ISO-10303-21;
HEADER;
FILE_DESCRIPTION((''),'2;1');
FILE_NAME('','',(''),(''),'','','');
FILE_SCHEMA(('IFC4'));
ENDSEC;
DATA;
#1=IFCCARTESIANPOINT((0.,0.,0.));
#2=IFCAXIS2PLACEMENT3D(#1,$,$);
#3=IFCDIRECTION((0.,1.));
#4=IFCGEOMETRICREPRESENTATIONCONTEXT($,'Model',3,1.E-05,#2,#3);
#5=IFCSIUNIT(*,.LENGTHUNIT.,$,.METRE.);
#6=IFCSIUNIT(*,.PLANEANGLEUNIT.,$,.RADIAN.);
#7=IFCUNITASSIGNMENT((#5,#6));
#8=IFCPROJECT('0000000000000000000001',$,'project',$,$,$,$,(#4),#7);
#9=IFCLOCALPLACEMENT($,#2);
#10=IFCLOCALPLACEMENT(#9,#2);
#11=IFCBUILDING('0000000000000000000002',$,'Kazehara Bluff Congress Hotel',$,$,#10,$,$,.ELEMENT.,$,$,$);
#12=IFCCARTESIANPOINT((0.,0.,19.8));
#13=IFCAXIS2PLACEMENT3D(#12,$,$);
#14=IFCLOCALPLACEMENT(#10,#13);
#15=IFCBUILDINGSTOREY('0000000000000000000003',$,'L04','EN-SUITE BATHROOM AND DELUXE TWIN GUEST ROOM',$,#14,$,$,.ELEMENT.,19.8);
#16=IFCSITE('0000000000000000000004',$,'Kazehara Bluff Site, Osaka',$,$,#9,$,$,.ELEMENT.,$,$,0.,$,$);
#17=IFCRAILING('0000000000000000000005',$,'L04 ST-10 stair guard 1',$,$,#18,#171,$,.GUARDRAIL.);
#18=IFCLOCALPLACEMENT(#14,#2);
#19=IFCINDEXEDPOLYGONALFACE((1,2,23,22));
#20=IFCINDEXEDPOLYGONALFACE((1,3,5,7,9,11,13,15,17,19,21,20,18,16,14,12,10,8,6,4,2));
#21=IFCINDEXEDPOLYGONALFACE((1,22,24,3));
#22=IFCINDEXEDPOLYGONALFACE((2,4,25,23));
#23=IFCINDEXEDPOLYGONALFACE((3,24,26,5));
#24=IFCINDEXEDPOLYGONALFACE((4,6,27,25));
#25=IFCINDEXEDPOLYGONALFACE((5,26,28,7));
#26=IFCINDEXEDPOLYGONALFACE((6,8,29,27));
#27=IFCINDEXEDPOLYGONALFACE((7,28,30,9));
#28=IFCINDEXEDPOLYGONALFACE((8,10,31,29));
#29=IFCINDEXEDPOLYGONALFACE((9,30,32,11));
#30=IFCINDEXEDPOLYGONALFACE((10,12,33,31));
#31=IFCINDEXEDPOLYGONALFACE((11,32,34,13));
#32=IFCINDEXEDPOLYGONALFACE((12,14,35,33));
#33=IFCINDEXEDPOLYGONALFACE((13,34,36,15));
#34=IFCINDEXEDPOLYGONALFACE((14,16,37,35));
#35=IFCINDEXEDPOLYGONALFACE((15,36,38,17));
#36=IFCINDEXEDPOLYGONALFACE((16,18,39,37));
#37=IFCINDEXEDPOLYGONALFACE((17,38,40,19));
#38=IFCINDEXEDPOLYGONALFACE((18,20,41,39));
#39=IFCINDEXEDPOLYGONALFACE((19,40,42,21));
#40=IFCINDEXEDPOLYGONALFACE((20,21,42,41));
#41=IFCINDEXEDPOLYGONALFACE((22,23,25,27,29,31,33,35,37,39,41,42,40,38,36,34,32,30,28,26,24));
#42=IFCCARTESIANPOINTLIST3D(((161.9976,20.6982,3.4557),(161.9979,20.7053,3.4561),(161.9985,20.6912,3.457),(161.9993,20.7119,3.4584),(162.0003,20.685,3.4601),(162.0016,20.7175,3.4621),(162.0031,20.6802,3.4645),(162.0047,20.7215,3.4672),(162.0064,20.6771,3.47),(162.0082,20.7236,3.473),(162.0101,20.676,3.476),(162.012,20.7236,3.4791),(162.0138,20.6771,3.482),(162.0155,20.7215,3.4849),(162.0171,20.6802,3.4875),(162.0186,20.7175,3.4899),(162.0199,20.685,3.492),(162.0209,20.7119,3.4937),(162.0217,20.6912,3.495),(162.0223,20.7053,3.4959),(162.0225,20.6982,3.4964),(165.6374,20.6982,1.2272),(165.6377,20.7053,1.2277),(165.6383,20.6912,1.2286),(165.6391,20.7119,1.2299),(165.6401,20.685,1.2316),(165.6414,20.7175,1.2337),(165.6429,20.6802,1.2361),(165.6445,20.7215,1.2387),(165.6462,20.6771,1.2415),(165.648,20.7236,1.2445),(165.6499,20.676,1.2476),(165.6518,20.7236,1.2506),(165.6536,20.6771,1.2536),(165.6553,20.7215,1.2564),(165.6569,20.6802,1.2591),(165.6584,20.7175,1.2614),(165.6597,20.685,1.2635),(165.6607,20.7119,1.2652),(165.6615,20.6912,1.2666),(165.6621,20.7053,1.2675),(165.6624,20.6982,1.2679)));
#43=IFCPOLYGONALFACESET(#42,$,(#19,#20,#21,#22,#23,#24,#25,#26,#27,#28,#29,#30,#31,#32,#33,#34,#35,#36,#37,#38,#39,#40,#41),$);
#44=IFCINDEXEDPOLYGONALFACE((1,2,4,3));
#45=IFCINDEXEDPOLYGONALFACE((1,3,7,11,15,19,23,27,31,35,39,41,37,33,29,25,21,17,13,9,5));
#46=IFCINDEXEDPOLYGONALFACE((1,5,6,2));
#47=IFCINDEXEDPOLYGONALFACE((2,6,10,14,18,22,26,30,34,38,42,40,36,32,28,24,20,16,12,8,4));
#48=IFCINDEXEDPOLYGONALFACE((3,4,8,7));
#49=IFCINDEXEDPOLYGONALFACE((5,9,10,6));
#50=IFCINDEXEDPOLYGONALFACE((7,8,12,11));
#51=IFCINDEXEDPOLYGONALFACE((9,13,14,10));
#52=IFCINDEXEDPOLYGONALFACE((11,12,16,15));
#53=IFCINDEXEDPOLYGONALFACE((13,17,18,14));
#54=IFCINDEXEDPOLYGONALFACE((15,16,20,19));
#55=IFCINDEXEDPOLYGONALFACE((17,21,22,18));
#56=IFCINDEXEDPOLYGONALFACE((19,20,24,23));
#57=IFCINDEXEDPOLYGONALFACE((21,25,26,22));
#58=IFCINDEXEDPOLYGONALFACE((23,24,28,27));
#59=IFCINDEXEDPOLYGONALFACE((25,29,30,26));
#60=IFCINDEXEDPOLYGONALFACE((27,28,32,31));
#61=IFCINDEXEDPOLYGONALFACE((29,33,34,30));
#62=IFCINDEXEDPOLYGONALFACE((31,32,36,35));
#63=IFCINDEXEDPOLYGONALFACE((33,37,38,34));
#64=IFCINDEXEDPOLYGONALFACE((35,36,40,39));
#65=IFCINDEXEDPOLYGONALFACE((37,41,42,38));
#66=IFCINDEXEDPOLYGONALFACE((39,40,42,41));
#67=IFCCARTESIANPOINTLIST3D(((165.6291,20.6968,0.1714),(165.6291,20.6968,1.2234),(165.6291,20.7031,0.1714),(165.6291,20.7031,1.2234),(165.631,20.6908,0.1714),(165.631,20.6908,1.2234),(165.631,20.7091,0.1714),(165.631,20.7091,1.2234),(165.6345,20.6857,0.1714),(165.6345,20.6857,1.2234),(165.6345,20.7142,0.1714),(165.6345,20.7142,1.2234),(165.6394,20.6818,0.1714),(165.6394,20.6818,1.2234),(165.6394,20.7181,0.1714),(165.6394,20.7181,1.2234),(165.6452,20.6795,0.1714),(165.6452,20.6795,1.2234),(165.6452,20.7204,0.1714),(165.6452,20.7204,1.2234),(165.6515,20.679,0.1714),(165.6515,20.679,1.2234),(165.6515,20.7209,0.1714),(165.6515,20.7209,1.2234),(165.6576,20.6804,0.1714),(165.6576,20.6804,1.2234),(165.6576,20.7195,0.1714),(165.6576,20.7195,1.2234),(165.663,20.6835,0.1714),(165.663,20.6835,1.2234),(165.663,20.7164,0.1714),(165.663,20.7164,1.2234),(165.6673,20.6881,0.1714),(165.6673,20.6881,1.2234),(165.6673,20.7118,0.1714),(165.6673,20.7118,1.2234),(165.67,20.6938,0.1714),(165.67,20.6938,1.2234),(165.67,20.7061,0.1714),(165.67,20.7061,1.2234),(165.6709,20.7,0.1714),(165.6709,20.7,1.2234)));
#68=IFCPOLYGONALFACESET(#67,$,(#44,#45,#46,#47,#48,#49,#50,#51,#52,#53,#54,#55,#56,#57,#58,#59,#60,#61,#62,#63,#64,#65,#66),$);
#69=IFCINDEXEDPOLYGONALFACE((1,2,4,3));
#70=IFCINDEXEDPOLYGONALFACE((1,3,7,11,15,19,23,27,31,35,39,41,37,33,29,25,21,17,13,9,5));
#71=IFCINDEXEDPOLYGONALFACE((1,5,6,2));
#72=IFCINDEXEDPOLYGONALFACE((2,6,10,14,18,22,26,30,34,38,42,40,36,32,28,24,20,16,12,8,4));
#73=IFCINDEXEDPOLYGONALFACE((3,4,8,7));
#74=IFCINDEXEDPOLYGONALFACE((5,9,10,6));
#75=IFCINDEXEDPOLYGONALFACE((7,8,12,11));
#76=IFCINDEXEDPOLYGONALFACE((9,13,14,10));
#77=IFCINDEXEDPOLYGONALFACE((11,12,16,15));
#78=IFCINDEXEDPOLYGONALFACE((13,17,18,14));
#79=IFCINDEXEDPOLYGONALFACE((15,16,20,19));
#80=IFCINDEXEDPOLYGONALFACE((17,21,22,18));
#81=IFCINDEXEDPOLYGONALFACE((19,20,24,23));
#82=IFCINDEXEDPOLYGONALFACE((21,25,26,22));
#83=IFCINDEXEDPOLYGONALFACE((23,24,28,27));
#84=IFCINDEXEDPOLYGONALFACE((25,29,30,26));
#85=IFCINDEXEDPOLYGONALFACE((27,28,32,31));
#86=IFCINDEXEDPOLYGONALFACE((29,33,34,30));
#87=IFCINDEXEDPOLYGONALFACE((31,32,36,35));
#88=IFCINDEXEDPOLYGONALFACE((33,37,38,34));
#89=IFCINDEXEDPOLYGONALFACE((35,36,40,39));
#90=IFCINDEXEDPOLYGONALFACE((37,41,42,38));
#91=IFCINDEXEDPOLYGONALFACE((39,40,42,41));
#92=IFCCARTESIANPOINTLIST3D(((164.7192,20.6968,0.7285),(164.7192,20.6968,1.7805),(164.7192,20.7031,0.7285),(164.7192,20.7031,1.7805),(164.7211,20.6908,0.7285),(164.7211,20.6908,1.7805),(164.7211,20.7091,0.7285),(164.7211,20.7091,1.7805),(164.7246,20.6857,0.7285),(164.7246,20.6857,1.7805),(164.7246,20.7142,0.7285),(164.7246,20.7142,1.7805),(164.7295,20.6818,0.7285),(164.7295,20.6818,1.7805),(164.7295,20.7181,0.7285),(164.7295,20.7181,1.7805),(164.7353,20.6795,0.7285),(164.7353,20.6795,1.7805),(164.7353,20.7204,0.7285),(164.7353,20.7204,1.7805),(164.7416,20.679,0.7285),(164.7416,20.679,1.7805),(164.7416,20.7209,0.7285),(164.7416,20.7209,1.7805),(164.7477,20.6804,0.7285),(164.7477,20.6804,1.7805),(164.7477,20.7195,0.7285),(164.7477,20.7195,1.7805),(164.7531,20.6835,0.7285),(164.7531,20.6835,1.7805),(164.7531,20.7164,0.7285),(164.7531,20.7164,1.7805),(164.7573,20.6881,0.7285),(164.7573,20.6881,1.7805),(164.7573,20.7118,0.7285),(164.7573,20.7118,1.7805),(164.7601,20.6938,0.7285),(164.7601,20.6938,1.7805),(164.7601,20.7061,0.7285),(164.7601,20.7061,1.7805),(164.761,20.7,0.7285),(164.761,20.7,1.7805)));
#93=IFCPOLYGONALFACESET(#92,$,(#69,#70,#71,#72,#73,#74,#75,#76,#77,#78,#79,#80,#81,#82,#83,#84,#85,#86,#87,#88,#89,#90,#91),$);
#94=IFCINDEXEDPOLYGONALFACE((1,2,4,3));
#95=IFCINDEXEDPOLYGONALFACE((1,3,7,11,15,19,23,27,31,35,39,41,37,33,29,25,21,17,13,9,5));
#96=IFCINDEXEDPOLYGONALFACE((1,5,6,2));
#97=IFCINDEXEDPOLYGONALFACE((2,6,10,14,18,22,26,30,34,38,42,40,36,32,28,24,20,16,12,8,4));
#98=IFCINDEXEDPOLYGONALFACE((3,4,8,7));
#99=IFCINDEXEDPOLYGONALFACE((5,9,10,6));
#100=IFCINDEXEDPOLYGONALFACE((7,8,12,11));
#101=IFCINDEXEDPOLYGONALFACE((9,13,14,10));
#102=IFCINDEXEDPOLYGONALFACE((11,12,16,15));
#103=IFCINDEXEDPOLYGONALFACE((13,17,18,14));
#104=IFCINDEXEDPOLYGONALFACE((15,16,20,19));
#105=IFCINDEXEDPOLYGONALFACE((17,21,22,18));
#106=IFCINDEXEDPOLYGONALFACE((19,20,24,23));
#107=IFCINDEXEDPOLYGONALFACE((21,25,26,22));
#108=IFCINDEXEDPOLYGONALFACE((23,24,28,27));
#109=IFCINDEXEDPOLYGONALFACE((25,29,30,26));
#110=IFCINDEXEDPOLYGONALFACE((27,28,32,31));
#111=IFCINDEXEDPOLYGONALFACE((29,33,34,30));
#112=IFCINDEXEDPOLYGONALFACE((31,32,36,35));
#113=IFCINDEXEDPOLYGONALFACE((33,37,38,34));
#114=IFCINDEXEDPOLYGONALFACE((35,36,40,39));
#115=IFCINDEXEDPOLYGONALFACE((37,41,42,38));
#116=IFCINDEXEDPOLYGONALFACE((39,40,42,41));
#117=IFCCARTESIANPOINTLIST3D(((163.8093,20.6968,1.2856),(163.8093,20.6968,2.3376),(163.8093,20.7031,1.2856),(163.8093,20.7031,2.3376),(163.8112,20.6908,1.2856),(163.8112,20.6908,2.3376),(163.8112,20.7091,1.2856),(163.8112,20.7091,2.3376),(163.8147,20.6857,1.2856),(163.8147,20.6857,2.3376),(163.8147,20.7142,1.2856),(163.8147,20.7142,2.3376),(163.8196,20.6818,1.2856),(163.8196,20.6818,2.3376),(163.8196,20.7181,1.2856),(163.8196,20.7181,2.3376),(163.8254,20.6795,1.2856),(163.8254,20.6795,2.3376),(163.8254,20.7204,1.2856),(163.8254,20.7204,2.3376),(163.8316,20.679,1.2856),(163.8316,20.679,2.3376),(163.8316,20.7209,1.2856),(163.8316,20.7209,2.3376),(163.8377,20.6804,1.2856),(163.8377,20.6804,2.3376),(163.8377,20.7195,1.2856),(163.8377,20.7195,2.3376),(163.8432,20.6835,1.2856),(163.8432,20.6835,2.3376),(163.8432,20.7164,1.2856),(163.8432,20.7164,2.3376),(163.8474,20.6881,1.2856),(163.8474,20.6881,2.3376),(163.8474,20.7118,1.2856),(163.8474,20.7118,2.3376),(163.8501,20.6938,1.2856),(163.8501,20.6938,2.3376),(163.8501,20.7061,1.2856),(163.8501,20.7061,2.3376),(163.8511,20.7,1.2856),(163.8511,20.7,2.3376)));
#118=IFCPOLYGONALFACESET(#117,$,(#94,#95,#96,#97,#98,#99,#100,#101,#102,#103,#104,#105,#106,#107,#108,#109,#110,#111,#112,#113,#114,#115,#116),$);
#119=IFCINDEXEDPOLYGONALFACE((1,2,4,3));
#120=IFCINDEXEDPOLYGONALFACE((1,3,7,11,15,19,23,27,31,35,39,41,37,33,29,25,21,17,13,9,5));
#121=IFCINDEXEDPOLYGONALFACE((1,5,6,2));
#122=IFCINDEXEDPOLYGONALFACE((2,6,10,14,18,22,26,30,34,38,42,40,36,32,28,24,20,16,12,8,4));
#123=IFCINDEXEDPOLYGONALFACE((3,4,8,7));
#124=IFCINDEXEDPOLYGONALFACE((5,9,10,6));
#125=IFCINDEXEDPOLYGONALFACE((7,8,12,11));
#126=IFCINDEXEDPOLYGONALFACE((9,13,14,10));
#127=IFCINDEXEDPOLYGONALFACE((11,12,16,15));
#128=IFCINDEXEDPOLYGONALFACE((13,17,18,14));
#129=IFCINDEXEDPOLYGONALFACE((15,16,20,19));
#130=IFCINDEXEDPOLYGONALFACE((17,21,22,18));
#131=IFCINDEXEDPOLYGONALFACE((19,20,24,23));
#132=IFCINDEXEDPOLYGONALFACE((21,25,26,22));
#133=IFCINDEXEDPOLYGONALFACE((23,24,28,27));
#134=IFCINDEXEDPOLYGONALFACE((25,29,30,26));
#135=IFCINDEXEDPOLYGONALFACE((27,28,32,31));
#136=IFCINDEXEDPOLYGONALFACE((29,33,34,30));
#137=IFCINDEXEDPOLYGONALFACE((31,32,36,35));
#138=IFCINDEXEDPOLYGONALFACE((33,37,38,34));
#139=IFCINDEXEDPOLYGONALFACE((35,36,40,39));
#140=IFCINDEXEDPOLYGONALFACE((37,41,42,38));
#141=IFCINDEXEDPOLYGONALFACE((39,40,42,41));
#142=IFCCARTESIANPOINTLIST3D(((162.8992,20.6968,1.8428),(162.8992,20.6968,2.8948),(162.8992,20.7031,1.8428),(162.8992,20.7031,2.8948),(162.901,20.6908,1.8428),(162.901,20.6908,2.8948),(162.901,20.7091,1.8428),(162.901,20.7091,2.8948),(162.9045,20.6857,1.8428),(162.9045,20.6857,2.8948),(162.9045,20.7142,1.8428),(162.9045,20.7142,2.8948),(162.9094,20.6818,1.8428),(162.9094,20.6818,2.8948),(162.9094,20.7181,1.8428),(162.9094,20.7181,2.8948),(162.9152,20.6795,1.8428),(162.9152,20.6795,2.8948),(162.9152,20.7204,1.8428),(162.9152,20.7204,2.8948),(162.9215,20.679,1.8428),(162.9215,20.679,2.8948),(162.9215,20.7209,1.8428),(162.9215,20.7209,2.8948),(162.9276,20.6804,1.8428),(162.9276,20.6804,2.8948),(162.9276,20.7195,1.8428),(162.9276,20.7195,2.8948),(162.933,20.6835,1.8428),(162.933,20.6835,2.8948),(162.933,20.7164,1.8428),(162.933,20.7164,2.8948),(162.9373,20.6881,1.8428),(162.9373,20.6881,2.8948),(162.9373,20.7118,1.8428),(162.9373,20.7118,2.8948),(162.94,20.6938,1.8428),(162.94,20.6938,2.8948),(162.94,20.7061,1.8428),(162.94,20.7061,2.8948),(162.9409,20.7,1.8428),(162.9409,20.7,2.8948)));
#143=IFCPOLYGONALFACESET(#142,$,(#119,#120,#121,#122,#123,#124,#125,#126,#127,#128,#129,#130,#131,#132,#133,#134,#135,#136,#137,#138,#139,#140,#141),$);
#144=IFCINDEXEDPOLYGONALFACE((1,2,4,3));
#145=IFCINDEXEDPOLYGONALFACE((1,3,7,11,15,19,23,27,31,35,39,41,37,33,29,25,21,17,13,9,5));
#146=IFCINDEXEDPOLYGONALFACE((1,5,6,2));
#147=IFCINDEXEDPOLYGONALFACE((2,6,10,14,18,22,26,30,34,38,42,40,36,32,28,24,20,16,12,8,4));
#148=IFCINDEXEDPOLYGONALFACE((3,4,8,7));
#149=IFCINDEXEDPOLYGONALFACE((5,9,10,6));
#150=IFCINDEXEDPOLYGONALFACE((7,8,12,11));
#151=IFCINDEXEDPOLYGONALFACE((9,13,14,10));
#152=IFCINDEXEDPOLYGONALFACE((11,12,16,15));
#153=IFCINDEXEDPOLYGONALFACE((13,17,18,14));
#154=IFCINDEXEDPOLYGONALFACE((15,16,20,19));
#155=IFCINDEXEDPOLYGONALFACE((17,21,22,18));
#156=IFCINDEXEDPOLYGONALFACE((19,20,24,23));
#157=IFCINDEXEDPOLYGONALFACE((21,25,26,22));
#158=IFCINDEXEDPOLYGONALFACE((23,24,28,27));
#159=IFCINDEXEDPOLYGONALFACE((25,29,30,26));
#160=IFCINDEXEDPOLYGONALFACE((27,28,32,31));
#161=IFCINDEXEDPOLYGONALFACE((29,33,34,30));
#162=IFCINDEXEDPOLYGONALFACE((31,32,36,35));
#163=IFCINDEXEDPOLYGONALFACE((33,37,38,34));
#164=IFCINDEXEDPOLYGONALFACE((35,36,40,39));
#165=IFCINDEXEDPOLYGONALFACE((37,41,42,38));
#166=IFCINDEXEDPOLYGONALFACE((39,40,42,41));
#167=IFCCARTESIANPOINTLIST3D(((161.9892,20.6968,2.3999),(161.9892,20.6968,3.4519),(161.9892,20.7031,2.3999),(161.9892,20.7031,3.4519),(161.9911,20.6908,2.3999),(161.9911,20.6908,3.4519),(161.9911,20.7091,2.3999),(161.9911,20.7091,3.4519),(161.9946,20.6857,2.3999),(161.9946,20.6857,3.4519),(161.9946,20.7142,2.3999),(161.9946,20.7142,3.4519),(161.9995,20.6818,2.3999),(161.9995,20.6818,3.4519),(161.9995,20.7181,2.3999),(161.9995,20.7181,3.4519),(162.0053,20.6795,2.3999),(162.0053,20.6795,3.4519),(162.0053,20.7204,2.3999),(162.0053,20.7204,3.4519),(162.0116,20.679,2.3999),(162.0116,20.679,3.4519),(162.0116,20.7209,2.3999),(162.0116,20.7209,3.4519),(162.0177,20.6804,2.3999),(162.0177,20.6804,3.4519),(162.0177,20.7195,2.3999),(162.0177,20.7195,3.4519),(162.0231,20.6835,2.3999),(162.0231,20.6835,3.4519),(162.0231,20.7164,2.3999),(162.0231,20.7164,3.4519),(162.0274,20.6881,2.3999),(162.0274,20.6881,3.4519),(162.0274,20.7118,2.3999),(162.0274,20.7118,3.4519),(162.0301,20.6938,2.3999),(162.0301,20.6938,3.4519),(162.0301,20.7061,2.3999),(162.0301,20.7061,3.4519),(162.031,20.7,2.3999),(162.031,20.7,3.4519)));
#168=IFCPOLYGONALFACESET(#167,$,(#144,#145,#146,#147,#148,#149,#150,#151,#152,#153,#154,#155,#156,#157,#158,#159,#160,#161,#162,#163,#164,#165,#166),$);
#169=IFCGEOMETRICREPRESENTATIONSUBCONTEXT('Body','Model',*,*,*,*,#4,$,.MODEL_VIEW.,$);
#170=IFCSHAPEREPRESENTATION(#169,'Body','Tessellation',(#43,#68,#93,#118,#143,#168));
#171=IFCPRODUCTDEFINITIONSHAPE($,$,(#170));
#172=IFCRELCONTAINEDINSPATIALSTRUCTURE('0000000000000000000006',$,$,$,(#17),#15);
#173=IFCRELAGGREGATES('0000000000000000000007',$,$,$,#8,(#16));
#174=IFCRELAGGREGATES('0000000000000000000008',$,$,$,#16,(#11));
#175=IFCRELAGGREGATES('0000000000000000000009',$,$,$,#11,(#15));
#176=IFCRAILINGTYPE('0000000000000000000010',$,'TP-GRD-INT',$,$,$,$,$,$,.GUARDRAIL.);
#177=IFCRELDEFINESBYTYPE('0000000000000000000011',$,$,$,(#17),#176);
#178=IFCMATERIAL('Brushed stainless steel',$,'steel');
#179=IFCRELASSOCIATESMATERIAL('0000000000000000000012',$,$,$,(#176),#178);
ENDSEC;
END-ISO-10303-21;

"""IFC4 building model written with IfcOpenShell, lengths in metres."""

from ifc_helpers import new_model, si_unit, direction, frame, origin, origin_2d, place, context, subcontext, project, spatial, circle, extrude, material, type_object, element, save


model = new_model("IFC4")

# Units and contexts
model_context = context("Model", 3, precision=1e-05, world=origin(), true_north=direction((0.0, 1.0)))
body_context = subcontext(model_context, "Body", "Model", "MODEL_VIEW")
ifc_project = project(units=[si_unit("LENGTHUNIT", "METRE"), si_unit("PLANEANGLEUNIT", "RADIAN")], contexts=[model_context])

# Site, building, storey
site_placement = place(None, origin())
site = spatial("IfcSite", under=ifc_project, at=site_placement, Name="Kazehara Bluff Site, Osaka", CompositionType="ELEMENT", RefElevation=0.0)
building_placement = place(site_placement, origin())
building = spatial("IfcBuilding", under=site, at=building_placement, Name="Kazehara Bluff Congress Hotel", CompositionType="ELEMENT")
storey_placement = place(building_placement, frame((0.0, 0.0, 19.8)))
storey = spatial("IfcBuildingStorey", under=building, at=storey_placement, Name="L04", Description="EN-SUITE BATHROOM AND DELUXE TWIN GUEST ROOM", CompositionType="ELEMENT", Elevation=19.8)

# Railing
ifc_material_1 = material(Name="Brushed stainless steel", Category="steel")
railing_type_1 = type_object("IfcRailingType", Name="TP-GRD-INT", PredefinedType="GUARDRAIL", material=ifc_material_1)
railing_1_placement = place(storey_placement, frame((165.6499, 20.7, 0.1714)))
element("IfcRailing", 1, at=railing_1_placement, inside=storey, type_object=railing_type_1, Name="L04 ST-10 stair guard 1", PredefinedType="GUARDRAIL", context=body_context, shape_type="SweptSolid", body=[
    extrude(circle(Radius=0.0239, at=origin_2d()), frame((0.0, 0.0, 1.0762), z_axis=(-0.85285, 0.0, 0.522156), x_axis=(0.0, -1.0, 0.0)), (0.0, 0.0, 1.0), 4.2678),
    extrude(circle(Radius=0.021, at=origin_2d()), origin(), (0.0, 0.0, 1.0), 1.052),
    extrude(circle(Radius=0.021, at=origin_2d()), frame((-0.9099, 0.0, 0.5571)), (0.0, 0.0, 1.0), 1.052),
    extrude(circle(Radius=0.021, at=origin_2d()), frame((-1.8198, 0.0, 1.1143)), (0.0, 0.0, 1.0), 1.052),
    extrude(circle(Radius=0.021, at=origin_2d()), frame((-2.73, 0.0, 1.6714)), (0.0, 0.0, 1.0), 1.052),
    extrude(circle(Radius=0.021, at=origin_2d()), frame((-3.6399, 0.0, 2.2285)), (0.0, 0.0, 1.0), 1.052),
])

save(model, "model.ifc")
